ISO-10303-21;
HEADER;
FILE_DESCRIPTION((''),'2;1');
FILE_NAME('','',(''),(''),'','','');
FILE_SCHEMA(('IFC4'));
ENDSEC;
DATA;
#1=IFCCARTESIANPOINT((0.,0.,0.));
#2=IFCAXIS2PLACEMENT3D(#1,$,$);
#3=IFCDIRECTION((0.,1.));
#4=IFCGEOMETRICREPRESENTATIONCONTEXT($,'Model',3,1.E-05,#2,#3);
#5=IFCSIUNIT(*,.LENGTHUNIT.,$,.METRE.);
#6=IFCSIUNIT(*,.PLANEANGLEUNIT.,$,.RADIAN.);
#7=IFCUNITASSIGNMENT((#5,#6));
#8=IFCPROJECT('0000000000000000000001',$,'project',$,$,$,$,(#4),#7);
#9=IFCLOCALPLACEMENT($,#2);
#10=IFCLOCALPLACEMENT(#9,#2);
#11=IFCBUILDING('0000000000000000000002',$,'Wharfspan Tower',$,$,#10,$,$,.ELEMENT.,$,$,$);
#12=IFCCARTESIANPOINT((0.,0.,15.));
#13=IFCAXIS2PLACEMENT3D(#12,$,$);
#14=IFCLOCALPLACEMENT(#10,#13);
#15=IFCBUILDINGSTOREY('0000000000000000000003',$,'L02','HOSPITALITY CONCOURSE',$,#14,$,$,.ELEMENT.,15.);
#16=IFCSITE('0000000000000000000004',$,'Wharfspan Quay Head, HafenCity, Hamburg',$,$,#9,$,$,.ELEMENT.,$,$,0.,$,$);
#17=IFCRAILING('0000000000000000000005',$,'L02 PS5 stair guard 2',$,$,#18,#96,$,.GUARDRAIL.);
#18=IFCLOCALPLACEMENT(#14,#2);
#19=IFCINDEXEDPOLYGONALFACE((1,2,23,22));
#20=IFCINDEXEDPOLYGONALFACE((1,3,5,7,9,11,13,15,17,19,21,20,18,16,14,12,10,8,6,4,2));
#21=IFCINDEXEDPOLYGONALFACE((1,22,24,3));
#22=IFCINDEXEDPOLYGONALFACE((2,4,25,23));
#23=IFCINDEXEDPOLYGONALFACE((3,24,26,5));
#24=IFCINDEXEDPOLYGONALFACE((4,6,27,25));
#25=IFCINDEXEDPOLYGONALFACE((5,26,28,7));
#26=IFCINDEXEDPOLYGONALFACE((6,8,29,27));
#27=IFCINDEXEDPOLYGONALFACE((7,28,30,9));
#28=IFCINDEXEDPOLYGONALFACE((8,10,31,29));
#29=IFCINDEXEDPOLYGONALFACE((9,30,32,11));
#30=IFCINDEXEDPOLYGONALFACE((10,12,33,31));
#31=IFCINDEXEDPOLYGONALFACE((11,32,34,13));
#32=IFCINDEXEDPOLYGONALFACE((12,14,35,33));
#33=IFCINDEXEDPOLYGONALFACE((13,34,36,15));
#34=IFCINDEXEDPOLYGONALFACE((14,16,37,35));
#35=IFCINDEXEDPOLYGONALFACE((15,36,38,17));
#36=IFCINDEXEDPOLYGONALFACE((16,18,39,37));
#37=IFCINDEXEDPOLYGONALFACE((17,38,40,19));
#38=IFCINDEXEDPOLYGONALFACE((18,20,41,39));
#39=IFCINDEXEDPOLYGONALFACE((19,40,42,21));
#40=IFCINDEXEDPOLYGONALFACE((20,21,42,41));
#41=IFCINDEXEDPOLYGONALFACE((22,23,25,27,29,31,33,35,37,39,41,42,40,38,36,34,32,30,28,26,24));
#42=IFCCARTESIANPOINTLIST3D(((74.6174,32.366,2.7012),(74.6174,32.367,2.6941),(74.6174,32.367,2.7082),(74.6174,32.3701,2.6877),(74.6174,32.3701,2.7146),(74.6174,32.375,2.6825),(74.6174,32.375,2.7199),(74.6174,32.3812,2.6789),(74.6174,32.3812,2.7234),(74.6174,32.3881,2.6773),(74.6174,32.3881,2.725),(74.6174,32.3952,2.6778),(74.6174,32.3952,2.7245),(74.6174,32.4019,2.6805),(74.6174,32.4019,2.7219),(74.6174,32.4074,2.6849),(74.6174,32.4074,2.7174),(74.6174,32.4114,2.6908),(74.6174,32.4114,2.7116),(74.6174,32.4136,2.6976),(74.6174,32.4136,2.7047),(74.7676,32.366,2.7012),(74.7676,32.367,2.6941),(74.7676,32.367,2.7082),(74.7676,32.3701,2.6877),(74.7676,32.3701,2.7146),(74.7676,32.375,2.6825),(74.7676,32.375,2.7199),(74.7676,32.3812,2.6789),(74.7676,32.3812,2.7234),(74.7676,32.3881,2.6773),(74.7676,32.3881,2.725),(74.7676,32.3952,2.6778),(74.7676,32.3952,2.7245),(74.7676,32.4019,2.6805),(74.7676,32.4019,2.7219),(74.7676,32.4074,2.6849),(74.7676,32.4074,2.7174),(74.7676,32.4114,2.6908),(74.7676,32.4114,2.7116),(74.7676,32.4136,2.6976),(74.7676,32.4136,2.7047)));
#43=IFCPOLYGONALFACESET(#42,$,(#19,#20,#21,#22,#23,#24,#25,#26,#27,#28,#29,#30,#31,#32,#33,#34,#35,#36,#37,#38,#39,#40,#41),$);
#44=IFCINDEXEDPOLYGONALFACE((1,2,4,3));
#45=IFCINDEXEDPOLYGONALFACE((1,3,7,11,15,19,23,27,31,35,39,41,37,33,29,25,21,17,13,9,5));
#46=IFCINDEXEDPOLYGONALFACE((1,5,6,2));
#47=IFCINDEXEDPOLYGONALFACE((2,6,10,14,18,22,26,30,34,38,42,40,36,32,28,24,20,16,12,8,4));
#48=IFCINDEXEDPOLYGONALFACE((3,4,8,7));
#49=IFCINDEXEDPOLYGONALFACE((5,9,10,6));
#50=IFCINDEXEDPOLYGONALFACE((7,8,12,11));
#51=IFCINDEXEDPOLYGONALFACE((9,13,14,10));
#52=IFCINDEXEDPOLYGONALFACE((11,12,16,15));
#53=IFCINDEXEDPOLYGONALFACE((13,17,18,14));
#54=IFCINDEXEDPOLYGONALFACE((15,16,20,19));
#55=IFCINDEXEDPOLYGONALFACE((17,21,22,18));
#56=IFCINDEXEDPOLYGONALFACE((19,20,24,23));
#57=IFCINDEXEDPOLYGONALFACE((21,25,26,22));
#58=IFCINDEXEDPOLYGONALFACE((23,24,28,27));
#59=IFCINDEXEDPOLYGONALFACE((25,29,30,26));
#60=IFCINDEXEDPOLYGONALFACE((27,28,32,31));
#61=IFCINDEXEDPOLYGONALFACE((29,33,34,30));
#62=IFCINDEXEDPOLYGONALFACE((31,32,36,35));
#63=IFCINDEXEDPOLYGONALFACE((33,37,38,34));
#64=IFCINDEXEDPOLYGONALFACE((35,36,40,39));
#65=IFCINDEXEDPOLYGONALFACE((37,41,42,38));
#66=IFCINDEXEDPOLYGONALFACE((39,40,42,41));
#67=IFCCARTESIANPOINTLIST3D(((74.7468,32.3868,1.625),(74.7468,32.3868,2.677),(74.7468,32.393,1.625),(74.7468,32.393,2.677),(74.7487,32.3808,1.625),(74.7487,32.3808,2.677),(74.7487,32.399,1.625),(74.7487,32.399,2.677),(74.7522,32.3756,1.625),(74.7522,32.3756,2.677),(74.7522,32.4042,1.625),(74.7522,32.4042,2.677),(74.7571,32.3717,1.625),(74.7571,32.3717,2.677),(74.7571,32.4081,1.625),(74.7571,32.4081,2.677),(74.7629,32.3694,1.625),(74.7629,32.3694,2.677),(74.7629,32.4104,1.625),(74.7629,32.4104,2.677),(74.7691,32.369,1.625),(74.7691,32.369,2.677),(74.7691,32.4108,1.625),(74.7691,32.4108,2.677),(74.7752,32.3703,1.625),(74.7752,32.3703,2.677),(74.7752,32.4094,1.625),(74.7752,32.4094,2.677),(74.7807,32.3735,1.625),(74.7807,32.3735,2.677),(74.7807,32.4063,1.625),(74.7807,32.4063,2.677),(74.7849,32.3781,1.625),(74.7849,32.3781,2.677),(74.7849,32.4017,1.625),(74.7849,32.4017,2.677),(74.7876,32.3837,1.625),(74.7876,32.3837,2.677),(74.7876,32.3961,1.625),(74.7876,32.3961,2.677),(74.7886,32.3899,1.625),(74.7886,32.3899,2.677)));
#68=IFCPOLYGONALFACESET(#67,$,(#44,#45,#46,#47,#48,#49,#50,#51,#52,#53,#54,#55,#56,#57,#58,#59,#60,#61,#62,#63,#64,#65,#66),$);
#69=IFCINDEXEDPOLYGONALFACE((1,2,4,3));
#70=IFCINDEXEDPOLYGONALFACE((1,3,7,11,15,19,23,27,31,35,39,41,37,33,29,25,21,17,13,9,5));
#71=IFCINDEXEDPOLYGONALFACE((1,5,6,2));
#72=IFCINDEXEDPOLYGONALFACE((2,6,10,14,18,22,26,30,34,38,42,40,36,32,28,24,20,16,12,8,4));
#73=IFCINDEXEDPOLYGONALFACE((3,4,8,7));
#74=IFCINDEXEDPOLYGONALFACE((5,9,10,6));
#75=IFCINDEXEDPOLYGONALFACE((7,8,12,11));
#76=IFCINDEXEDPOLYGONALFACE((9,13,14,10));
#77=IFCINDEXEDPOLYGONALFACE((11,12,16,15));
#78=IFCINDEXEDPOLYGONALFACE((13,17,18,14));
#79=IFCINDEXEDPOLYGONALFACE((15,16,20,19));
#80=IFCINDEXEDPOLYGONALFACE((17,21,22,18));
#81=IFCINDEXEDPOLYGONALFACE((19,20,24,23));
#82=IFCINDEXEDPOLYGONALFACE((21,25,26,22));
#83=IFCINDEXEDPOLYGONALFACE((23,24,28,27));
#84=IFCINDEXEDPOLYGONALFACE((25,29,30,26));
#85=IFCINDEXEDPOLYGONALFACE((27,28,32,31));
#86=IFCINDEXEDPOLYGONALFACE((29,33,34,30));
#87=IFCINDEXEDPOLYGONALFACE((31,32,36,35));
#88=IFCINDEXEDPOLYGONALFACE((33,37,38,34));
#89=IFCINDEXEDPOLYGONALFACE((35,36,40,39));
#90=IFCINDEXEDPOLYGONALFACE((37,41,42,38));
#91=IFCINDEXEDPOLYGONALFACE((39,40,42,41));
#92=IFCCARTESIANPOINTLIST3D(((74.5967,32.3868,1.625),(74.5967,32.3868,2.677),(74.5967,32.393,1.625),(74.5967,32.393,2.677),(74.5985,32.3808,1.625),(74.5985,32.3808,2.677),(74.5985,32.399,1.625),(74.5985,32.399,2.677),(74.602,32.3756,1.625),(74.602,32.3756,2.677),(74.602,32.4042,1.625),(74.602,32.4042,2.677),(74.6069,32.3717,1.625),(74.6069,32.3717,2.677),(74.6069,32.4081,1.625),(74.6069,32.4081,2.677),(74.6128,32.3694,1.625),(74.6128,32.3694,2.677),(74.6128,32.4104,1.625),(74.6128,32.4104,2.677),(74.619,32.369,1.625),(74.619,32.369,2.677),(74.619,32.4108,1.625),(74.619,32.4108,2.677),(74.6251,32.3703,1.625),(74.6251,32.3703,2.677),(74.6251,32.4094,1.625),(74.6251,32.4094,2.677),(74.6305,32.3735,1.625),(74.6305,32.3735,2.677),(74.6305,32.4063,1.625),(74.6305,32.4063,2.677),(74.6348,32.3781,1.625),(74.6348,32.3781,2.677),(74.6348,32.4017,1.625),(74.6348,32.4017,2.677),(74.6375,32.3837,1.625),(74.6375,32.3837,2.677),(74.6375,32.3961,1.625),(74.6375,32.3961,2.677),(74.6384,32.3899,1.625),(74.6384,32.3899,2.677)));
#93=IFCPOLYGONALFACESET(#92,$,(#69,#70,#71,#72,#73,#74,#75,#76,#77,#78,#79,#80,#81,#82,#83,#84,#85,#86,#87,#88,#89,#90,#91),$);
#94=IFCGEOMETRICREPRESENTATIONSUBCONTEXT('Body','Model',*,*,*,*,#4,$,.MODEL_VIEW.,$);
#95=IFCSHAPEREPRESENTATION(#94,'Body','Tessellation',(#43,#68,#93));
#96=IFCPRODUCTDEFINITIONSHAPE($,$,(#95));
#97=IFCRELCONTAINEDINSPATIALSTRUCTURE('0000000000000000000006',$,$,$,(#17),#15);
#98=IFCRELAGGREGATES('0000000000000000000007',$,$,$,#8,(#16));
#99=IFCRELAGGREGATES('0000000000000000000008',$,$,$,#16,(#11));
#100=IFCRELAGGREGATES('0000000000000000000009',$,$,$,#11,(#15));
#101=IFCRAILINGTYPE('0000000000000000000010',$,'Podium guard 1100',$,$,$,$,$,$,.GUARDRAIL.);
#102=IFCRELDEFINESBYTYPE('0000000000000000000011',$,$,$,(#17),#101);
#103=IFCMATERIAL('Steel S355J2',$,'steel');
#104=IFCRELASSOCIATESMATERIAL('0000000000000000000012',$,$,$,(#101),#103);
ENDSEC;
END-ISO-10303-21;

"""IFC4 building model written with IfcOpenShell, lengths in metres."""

from ifc_helpers import new_model, si_unit, direction, frame, origin, origin_2d, place, context, subcontext, project, spatial, circle, extrude, material, type_object, element, save


model = new_model("IFC4")

# Units and contexts
model_context = context("Model", 3, precision=1e-05, world=origin(), true_north=direction((0.0, 1.0)))
body_context = subcontext(model_context, "Body", "Model", "MODEL_VIEW")
ifc_project = project(units=[si_unit("LENGTHUNIT", "METRE"), si_unit("PLANEANGLEUNIT", "RADIAN")], contexts=[model_context])

# Site, building, storey
site_placement = place(None, origin())
site = spatial("IfcSite", under=ifc_project, at=site_placement, Name="Wharfspan Quay Head, HafenCity, Hamburg", CompositionType="ELEMENT", RefElevation=0.0)
building_placement = place(site_placement, origin())
building = spatial("IfcBuilding", under=site, at=building_placement, Name="Wharfspan Tower", CompositionType="ELEMENT")
storey_placement = place(building_placement, frame((0.0, 0.0, 15.0)))
storey = spatial("IfcBuildingStorey", under=building, at=storey_placement, Name="L02", Description="HOSPITALITY CONCOURSE", CompositionType="ELEMENT", Elevation=15.0)

# Railing
ifc_material_1 = material(Name="Steel S355J2", Category="steel")
railing_type_1 = type_object("IfcRailingType", Name="Podium guard 1100", PredefinedType="GUARDRAIL", material=ifc_material_1)
railing_1_placement = place(storey_placement, frame((74.7676, 32.3899, 1.625)))
element("IfcRailing", 1, at=railing_1_placement, inside=storey, type_object=railing_type_1, Name="L02 PS5 stair guard 2", PredefinedType="GUARDRAIL", context=body_context, shape_type="SweptSolid", body=[
    extrude(circle(Radius=0.0239, at=origin_2d()), frame((0.0, 0.0, 1.0762), z_axis=(-1.0, 0.0, 0.0), x_axis=(0.0, -1.0, 0.0)), (0.0, 0.0, 1.0), 0.1501),
    extrude(circle(Radius=0.021, at=origin_2d()), origin(), (0.0, 0.0, 1.0), 1.052),
    extrude(circle(Radius=0.021, at=origin_2d()), frame((-0.1501, 0.0, 0.0)), (0.0, 0.0, 1.0), 1.052),
])

save(model, "model.ifc")
